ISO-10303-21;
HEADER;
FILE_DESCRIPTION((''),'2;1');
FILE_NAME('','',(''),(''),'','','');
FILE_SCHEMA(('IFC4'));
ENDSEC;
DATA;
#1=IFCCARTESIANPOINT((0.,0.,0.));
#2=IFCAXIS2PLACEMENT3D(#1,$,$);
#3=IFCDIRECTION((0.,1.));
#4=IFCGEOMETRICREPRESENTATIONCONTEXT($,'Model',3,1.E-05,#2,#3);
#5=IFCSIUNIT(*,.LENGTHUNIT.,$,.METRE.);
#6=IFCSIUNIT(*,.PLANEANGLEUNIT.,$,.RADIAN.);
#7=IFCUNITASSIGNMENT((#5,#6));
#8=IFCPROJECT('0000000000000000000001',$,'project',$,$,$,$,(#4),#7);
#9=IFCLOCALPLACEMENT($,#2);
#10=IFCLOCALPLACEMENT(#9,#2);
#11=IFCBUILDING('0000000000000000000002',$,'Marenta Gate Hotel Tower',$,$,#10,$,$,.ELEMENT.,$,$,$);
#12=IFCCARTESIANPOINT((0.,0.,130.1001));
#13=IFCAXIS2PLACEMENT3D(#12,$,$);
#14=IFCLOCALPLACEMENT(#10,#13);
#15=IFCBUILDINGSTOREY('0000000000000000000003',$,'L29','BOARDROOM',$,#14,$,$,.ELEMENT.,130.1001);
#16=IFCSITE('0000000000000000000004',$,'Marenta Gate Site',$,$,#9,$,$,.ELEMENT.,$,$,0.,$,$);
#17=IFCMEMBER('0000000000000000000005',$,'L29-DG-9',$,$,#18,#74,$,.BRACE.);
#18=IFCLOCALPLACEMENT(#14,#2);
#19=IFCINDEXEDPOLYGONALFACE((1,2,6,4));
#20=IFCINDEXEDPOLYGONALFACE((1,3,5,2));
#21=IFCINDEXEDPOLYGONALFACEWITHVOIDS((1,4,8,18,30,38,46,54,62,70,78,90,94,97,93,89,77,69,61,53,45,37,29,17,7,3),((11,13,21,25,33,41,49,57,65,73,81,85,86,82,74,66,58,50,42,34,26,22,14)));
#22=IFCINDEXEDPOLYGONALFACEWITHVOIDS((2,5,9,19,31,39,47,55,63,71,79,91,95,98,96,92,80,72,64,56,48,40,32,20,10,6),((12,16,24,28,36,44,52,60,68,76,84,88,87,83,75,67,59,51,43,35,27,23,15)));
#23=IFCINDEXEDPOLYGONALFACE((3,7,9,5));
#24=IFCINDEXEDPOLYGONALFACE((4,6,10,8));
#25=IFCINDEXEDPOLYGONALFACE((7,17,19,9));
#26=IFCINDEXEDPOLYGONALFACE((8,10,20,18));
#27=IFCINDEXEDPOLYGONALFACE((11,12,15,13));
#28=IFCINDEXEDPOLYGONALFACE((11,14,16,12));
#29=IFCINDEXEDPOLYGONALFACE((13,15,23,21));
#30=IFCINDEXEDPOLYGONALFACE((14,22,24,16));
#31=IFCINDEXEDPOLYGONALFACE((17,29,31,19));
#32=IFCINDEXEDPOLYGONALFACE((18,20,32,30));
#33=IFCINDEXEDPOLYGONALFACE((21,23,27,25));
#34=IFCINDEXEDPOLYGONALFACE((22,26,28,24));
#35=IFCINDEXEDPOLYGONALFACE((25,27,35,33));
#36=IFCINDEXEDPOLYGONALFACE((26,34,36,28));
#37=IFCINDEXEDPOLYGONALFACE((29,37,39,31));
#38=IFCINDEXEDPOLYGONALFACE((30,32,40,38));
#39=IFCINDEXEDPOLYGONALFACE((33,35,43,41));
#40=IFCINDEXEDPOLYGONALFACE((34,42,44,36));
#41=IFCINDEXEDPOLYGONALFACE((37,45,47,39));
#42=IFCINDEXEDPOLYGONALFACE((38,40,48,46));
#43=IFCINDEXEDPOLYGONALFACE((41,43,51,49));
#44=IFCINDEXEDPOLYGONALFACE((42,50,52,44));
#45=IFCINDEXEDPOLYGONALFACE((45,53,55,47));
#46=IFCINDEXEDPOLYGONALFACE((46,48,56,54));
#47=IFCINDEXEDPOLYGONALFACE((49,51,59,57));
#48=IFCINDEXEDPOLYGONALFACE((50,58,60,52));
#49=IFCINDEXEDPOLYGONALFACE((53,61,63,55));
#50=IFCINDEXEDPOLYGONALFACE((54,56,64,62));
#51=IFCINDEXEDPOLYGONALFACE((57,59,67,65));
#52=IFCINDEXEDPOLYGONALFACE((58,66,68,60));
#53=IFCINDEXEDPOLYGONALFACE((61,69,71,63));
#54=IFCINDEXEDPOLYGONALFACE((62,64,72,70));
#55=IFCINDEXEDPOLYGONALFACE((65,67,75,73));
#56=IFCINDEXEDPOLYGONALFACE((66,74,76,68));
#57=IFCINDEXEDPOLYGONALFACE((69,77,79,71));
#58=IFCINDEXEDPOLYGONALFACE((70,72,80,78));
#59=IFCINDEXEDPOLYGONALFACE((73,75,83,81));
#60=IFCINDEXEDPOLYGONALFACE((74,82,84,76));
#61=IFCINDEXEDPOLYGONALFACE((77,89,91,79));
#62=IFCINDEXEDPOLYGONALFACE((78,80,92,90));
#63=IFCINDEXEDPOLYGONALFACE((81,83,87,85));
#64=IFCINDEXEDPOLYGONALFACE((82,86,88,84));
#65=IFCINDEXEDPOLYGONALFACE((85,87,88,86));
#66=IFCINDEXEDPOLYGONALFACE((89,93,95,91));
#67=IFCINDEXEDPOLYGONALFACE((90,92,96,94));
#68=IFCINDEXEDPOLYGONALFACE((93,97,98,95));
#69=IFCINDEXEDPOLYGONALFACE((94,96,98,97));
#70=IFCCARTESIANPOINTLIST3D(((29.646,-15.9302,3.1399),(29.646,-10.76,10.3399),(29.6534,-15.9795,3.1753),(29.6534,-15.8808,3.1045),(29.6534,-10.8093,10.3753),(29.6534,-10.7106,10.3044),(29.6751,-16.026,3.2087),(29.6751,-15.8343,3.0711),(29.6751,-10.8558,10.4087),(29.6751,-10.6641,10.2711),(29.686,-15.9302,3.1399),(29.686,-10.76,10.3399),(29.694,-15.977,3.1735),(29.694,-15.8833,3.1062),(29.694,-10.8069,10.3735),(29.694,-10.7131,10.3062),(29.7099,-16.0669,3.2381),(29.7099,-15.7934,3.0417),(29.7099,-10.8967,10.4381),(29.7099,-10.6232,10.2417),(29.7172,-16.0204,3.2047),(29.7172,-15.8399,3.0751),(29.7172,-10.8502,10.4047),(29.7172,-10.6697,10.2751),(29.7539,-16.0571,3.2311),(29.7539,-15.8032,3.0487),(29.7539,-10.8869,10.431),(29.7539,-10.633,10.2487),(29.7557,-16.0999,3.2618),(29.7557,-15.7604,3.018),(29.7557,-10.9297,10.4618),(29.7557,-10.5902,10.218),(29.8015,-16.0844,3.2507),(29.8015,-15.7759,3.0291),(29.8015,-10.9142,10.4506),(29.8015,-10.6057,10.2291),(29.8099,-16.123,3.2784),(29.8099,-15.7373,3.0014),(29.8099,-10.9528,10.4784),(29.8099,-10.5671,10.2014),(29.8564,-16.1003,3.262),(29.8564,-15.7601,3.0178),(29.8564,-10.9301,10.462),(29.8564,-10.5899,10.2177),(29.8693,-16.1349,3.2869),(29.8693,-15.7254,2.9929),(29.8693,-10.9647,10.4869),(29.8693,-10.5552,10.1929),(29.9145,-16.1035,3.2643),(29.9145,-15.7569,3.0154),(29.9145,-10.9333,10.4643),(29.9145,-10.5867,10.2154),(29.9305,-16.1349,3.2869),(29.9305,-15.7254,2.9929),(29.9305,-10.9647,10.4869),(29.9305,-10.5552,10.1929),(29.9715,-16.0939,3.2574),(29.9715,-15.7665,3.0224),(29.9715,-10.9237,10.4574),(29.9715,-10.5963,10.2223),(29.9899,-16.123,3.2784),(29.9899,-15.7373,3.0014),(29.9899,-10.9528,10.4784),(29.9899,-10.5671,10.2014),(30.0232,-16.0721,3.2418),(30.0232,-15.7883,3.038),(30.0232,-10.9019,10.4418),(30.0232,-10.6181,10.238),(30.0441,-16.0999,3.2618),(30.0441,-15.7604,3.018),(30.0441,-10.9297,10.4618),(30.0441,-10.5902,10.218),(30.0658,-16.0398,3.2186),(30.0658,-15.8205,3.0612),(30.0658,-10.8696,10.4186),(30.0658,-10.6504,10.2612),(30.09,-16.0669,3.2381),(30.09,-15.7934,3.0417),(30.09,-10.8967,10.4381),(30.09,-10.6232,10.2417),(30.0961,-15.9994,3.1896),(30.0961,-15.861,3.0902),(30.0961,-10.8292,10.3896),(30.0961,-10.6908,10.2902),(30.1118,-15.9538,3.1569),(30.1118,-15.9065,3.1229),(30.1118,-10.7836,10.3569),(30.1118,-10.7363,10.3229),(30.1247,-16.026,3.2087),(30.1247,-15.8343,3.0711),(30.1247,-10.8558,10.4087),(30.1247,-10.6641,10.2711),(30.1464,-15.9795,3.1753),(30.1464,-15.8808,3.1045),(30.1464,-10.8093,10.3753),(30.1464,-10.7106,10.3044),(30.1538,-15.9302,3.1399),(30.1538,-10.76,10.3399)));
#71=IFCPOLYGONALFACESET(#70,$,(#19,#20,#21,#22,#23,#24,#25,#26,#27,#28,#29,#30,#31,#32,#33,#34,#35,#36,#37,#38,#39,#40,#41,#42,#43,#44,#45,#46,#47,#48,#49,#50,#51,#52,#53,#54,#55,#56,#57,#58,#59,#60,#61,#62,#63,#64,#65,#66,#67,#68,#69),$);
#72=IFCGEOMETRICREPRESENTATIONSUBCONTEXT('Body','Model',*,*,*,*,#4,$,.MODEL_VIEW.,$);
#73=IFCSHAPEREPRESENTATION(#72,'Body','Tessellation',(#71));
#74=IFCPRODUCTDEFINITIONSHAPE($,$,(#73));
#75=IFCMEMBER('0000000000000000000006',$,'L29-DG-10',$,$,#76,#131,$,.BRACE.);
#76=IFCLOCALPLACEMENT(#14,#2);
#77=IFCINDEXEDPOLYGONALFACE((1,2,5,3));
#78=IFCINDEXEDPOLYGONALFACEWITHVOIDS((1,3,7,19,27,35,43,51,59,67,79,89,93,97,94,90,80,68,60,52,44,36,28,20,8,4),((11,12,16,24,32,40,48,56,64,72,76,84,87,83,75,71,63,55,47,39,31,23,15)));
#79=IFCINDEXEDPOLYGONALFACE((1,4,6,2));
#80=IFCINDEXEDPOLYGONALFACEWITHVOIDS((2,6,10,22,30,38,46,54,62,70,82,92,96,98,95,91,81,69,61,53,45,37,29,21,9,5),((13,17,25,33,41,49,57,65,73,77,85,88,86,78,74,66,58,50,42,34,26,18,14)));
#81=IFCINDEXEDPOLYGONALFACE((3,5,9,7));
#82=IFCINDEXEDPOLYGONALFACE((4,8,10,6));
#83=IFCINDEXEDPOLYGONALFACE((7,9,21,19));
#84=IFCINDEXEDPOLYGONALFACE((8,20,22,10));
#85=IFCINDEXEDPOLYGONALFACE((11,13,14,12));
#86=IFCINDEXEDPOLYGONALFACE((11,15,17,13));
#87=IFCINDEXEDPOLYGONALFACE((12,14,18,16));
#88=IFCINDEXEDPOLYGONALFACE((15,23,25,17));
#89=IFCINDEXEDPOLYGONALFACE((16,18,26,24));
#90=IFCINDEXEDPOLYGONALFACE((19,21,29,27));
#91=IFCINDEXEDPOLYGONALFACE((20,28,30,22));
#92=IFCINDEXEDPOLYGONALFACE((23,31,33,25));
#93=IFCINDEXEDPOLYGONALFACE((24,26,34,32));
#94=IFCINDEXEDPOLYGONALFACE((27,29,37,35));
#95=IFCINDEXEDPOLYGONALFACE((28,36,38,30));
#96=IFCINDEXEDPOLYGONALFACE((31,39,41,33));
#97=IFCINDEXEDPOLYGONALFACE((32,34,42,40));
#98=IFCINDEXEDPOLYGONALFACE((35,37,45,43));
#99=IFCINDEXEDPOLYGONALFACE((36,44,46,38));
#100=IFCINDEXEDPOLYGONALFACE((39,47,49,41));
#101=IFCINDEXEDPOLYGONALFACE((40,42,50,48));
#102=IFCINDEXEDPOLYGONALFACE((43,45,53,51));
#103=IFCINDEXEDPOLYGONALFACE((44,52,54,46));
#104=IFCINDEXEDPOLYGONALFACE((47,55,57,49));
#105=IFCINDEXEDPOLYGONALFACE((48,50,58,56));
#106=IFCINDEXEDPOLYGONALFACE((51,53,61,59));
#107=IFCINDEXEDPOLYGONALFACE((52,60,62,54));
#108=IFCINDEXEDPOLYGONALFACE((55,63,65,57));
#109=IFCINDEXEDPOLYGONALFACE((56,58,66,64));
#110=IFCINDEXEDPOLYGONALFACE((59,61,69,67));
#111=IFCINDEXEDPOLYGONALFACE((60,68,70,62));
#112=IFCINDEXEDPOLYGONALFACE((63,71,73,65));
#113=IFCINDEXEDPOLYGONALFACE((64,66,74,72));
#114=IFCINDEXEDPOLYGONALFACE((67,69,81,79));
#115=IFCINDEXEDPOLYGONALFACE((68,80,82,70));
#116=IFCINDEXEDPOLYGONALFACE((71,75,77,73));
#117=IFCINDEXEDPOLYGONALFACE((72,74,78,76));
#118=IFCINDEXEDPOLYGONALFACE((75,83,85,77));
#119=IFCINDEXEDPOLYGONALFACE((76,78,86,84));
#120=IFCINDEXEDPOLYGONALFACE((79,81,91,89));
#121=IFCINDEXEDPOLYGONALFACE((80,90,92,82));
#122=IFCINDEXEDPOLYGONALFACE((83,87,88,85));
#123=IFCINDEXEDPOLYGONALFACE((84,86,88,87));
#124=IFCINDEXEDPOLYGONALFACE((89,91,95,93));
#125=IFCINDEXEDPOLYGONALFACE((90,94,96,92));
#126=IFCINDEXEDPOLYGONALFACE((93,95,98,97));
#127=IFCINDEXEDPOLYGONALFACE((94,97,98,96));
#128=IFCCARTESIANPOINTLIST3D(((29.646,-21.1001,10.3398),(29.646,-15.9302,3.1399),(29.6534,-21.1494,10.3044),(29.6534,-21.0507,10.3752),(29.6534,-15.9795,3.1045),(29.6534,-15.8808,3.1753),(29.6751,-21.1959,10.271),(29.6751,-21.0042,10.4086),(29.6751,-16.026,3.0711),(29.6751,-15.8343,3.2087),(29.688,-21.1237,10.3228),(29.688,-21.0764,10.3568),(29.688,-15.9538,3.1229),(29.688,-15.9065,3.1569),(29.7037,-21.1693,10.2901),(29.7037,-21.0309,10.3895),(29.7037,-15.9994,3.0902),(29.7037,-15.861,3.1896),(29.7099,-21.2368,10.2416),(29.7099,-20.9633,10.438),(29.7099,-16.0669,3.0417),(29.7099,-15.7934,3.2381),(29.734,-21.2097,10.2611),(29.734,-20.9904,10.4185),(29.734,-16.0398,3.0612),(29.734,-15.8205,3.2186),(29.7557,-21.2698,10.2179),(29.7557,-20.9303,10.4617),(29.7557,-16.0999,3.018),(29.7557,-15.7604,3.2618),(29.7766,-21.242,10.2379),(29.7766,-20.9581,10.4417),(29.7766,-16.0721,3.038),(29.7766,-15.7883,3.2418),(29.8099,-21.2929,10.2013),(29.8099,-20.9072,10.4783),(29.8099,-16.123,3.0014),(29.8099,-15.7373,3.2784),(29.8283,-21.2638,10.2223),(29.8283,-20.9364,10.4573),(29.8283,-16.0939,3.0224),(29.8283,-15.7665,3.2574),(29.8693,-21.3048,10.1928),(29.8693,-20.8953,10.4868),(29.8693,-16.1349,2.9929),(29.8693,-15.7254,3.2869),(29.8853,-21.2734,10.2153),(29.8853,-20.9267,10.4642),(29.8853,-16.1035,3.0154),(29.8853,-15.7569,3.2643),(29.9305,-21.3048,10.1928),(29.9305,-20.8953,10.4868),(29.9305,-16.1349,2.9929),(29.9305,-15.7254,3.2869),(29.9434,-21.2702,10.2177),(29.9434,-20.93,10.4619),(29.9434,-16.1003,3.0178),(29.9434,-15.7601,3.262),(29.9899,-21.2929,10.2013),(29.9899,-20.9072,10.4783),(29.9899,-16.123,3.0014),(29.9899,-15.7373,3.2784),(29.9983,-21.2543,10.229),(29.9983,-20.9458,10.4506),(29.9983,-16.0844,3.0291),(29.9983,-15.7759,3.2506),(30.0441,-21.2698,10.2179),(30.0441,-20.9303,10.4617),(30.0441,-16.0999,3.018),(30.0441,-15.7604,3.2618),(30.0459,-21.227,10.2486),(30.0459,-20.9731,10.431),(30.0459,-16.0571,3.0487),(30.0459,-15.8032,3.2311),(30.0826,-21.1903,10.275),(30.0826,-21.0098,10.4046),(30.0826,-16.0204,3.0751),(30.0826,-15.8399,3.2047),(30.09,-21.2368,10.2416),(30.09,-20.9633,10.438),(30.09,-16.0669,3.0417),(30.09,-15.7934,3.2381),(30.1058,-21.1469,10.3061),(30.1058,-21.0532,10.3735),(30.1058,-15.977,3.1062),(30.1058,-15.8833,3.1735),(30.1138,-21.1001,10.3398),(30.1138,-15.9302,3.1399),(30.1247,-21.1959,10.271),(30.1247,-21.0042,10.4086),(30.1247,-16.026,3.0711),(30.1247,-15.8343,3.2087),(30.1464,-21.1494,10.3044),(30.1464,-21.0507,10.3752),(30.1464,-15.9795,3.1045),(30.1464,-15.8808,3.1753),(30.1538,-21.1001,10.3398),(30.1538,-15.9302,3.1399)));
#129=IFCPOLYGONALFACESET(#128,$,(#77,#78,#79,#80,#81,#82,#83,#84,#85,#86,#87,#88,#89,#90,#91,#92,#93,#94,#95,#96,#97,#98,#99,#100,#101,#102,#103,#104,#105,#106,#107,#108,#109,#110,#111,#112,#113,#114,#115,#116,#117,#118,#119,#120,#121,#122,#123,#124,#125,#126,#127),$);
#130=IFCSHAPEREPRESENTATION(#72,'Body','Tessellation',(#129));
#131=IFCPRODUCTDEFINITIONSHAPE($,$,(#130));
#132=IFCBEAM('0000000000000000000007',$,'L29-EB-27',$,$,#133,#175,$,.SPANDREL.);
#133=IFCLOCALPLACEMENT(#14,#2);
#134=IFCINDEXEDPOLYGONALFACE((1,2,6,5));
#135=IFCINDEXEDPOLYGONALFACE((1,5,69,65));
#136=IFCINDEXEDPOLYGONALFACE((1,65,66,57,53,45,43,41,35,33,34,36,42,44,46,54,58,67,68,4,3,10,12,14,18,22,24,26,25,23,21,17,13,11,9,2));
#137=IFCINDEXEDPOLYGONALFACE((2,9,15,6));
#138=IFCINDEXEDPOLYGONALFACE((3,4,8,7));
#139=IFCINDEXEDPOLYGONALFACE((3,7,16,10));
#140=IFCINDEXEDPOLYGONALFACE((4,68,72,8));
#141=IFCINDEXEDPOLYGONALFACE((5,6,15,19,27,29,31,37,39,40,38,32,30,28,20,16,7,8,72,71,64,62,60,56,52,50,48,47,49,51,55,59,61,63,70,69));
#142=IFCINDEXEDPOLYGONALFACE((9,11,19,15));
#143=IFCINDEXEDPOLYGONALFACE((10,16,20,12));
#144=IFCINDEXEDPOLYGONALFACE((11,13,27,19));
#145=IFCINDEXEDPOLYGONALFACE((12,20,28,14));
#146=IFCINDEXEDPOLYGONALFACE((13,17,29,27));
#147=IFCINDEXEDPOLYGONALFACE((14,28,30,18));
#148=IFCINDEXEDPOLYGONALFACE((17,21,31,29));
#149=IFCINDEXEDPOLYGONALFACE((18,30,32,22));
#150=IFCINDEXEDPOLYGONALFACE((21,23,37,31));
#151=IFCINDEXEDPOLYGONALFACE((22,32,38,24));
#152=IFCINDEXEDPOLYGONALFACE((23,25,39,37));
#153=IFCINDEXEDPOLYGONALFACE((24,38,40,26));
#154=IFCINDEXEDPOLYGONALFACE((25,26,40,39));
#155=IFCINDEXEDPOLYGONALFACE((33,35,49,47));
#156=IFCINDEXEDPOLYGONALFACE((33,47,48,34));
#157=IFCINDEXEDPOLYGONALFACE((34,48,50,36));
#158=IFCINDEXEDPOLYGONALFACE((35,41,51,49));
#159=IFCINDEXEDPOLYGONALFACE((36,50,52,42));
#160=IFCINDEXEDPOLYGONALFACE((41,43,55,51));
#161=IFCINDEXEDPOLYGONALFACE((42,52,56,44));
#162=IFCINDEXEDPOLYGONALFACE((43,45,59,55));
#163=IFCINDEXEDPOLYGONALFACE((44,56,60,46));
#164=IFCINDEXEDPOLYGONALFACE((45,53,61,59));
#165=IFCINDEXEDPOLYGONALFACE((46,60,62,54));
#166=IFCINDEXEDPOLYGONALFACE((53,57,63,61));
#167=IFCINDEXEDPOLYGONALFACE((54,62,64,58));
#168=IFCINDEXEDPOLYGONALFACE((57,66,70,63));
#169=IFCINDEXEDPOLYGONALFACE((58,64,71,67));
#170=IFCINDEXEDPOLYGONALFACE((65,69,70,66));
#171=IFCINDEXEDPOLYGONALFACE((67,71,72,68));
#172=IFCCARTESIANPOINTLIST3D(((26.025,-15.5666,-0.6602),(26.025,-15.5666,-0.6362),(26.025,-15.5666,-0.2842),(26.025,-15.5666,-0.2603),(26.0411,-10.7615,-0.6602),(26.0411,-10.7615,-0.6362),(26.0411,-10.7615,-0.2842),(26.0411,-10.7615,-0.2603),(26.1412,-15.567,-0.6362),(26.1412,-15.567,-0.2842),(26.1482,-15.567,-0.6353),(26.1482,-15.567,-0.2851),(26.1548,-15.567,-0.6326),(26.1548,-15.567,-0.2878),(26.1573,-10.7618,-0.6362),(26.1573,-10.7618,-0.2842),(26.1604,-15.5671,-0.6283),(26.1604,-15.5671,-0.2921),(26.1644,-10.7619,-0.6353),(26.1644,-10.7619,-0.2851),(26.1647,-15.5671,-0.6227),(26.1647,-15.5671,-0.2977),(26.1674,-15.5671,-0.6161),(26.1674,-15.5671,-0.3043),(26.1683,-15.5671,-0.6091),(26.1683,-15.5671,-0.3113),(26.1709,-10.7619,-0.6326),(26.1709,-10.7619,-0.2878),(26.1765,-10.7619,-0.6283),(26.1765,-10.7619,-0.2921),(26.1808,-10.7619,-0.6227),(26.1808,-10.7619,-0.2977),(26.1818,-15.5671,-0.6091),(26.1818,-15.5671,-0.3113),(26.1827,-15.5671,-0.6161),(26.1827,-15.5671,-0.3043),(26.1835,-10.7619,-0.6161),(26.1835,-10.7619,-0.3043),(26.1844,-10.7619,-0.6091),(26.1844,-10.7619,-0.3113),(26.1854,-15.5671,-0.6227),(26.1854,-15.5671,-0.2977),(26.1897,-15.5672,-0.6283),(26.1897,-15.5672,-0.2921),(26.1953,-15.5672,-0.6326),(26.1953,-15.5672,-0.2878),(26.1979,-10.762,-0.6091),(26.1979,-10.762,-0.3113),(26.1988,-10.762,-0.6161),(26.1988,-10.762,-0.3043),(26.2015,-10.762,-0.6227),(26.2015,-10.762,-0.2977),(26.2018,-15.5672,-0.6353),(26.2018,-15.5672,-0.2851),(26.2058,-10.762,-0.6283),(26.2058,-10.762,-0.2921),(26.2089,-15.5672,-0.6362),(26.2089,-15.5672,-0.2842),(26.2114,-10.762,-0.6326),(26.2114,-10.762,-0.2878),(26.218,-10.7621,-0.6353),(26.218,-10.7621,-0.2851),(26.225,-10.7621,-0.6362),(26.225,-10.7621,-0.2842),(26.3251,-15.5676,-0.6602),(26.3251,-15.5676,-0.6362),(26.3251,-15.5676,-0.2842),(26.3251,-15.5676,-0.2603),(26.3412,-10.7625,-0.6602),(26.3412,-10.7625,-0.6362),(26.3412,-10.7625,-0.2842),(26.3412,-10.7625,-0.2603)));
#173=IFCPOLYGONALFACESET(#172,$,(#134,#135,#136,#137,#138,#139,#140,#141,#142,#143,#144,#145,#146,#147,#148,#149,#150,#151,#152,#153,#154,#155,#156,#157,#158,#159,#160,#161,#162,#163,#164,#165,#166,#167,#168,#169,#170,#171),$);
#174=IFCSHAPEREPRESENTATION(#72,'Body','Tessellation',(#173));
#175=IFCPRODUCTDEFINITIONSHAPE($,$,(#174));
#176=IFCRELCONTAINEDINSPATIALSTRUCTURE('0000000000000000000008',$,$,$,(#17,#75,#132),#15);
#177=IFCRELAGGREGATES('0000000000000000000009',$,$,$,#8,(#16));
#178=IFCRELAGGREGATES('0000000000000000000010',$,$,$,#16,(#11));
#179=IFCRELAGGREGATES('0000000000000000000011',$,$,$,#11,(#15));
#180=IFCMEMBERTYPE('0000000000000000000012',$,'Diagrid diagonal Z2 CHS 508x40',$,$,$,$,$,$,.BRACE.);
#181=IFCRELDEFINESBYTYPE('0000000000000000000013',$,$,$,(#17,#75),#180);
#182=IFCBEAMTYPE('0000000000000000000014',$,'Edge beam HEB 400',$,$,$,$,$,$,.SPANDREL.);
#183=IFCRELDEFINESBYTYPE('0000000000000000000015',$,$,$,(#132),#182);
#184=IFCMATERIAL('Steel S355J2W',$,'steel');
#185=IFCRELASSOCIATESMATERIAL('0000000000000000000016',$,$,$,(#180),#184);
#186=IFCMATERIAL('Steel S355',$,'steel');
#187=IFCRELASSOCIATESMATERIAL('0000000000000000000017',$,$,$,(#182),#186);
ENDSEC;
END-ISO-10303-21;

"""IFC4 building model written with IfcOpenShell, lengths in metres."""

from ifc_helpers import new_model, si_unit, direction, frame, origin, origin_2d, place, context, subcontext, project, spatial, hollow_circle, i_section, extrude, material, material_profile, profile_set, type_object, element, save


model = new_model("IFC4")

# Units and contexts
model_context = context("Model", 3, precision=1e-05, world=origin(), true_north=direction((0.0, 1.0)))
body_context = subcontext(model_context, "Body", "Model", "MODEL_VIEW")
ifc_project = project(units=[si_unit("LENGTHUNIT", "METRE"), si_unit("PLANEANGLEUNIT", "RADIAN")], contexts=[model_context])

# Site, building, storey
site_placement = place(None, origin())
site = spatial("IfcSite", under=ifc_project, at=site_placement, Name="Marenta Gate Site", CompositionType="ELEMENT", RefElevation=0.0)
building_placement = place(site_placement, origin())
building = spatial("IfcBuilding", under=site, at=building_placement, Name="Marenta Gate Hotel Tower", CompositionType="ELEMENT")
storey_placement = place(building_placement, frame((0.0, 0.0, 130.1001)))
storey = spatial("IfcBuildingStorey", under=building, at=storey_placement, Name="L29", Description="BOARDROOM", CompositionType="ELEMENT", Elevation=130.1001)

# Members
ifc_material_1 = material(Name="Steel S355J2W", Category="steel")
ifc_material_profile_1 = material_profile(ifc_material_1, hollow_circle(Radius=0.2539, WallThickness=0.04, at=origin_2d()), Name="CHS 508x40")
ifc_profile_set_1 = profile_set([ifc_material_profile_1], Name="Steel S355J2W")
member_type_1 = type_object("IfcMemberType", Name="Diagrid diagonal Z2 CHS 508x40", PredefinedType="BRACE", material=ifc_profile_set_1)
member_1_placement = place(storey_placement, frame((29.8999, -15.9302, 3.1399), z_axis=(0.0, 0.583279, 0.812272), x_axis=(-1.0, 0.0, 0.0)))
element("IfcMember", 1, at=member_1_placement, inside=storey, type_object=member_type_1, Name="L29-DG-9", PredefinedType="BRACE", context=body_context, shape_type="SweptSolid", body=[
    extrude(hollow_circle(Radius=0.2539, WallThickness=0.04, at=origin_2d()), origin(), (0.0, 0.0, 1.0), 8.864),
])
member_2_placement = place(storey_placement, frame((29.8999, -15.9302, 3.1399), z_axis=(0.0, -0.583261, 0.812285), x_axis=(1.0, 0.0, 0.0)))
element("IfcMember", 2, at=member_2_placement, inside=storey, type_object=member_type_1, Name="L29-DG-10", PredefinedType="BRACE", context=body_context, shape_type="SweptSolid", body=[
    extrude(hollow_circle(Radius=0.2539, WallThickness=0.04, at=origin_2d()), origin(), (0.0, 0.0, 1.0), 8.8638),
])

# Beam
ifc_material_2 = material(Name="Steel S355", Category="steel")
ifc_material_profile_2 = material_profile(ifc_material_2, i_section(OverallWidth=0.3, OverallDepth=0.3999, WebThickness=0.0134, FlangeThickness=0.0239, FilletRadius=0.0271, at=origin_2d()), Name="HEB 400")
ifc_profile_set_2 = profile_set([ifc_material_profile_2], Name="Steel S355")
beam_type_1 = type_object("IfcBeamType", Name="Edge beam HEB 400", PredefinedType="SPANDREL", material=ifc_profile_set_2)
beam_1_placement = place(storey_placement, frame((26.1912, -10.762, -0.4602), z_axis=(-0.003353, -0.999994, 0.0), x_axis=(0.999994, -0.003353, 0.0)))
element("IfcBeam", 3, at=beam_1_placement, inside=storey, type_object=beam_type_1, Name="L29-EB-27", PredefinedType="SPANDREL", context=body_context, shape_type="SweptSolid", body=[
    extrude(i_section(OverallWidth=0.3, OverallDepth=0.3999, WebThickness=0.0134, FlangeThickness=0.0239, FilletRadius=0.0271, at=origin_2d()), origin(), (0.0, 0.0, 1.0), 4.8052),
])

save(model, "model.ifc")
